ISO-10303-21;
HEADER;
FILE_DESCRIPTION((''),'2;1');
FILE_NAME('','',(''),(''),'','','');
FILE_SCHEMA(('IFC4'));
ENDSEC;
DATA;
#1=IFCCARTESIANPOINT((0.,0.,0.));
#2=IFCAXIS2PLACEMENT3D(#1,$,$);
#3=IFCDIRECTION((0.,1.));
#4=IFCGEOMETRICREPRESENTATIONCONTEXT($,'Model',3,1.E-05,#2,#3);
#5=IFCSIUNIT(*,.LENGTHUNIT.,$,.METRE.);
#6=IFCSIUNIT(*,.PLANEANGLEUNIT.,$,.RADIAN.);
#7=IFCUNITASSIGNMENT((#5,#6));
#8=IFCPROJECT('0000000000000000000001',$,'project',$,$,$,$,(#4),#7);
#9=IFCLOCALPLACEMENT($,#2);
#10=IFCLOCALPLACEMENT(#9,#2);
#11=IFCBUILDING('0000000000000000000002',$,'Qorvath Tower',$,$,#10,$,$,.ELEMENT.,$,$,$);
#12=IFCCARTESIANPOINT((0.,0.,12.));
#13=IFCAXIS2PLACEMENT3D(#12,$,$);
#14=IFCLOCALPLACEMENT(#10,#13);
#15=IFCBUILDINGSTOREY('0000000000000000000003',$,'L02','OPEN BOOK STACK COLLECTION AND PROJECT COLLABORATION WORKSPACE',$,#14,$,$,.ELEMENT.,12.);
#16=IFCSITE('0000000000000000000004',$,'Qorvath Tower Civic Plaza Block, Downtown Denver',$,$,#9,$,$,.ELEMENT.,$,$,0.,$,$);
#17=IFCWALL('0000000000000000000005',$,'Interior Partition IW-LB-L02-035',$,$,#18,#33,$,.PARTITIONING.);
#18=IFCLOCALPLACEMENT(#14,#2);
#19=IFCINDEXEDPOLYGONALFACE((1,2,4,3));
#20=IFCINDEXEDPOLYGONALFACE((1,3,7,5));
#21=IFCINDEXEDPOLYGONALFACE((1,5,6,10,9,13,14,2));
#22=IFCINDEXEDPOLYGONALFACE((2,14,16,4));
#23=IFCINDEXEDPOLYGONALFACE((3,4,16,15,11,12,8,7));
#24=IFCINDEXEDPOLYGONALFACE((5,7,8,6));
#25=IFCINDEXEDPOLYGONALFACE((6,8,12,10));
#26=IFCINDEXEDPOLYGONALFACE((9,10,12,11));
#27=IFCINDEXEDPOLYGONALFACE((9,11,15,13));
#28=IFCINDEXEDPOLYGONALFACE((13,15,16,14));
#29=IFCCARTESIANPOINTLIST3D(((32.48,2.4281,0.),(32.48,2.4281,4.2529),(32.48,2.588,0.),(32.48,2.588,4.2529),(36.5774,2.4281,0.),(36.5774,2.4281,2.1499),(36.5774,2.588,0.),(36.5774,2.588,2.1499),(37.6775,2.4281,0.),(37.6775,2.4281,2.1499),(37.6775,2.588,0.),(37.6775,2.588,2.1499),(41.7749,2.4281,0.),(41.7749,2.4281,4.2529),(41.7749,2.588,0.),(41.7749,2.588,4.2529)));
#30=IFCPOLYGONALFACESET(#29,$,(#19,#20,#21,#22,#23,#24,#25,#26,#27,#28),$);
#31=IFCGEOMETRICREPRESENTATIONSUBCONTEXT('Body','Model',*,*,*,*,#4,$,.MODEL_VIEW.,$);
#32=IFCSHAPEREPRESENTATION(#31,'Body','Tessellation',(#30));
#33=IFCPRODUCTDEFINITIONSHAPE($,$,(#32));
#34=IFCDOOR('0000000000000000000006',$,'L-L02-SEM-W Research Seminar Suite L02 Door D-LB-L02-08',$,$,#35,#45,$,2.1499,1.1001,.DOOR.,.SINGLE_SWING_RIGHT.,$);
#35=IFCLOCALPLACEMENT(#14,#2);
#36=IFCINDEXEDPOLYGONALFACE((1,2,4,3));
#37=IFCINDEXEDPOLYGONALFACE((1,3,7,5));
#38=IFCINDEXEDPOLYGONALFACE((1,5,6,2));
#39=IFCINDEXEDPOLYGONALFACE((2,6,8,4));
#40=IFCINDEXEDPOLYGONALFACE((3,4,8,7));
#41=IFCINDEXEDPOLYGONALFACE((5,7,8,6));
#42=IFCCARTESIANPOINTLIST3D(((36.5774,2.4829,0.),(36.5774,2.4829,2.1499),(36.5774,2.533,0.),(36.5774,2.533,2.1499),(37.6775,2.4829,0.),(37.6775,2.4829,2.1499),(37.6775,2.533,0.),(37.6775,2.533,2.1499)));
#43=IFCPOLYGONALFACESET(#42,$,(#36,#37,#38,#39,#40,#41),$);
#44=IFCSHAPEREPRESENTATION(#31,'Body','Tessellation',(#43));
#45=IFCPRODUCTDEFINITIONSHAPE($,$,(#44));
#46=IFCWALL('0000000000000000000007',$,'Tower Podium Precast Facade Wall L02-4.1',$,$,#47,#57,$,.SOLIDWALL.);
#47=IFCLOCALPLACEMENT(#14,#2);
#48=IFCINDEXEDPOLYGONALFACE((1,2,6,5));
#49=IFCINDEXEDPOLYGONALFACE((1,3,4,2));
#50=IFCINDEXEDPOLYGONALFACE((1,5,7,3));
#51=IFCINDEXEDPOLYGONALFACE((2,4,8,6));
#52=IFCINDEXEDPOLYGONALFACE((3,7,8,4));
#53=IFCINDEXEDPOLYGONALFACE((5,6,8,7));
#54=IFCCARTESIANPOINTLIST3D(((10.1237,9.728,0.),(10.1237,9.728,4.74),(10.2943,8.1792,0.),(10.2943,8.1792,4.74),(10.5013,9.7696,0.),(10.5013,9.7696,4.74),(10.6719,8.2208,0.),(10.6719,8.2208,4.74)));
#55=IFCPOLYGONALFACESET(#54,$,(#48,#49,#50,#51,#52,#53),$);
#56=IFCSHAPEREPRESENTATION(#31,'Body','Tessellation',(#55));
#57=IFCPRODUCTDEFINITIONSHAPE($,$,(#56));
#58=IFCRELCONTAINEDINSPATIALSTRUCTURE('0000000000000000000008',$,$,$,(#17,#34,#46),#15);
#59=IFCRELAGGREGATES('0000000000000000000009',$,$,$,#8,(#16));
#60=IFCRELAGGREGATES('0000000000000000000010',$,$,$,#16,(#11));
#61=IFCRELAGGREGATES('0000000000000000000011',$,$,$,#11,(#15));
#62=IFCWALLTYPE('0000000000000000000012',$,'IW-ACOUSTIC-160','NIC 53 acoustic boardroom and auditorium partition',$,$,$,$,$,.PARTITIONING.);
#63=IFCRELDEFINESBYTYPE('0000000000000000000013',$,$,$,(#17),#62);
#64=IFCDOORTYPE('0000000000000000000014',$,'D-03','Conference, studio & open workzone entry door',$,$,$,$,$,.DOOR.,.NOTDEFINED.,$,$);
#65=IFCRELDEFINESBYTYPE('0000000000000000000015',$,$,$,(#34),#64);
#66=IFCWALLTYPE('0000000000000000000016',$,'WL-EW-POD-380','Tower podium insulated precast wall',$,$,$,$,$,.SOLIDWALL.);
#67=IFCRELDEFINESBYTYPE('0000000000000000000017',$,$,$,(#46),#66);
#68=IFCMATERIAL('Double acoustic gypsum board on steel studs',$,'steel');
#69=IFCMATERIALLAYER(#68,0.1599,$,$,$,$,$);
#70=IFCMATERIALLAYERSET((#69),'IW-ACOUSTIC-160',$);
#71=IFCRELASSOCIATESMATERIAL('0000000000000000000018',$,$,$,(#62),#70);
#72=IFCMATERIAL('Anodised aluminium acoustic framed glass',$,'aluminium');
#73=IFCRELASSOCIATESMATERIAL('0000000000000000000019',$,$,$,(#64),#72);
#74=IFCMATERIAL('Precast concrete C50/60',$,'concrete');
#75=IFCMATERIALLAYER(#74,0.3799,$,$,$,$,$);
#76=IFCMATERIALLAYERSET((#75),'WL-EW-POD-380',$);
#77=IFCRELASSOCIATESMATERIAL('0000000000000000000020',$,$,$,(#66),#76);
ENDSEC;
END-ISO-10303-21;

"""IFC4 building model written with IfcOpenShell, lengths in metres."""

from ifc_helpers import new_model, si_unit, direction, frame, frame_2d, origin, place, context, subcontext, project, spatial, rectangle, extrude, material, layer, layer_set, type_object, element, fill, save


model = new_model("IFC4")

# Units and contexts
model_context = context("Model", 3, precision=1e-05, world=origin(), true_north=direction((0.0, 1.0)))
body_context = subcontext(model_context, "Body", "Model", "MODEL_VIEW")
ifc_project = project(units=[si_unit("LENGTHUNIT", "METRE"), si_unit("PLANEANGLEUNIT", "RADIAN")], contexts=[model_context])

# Site, building, storey
site_placement = place(None, origin())
site = spatial("IfcSite", under=ifc_project, at=site_placement, Name="Qorvath Tower Civic Plaza Block, Downtown Denver", CompositionType="ELEMENT", RefElevation=0.0)
building_placement = place(site_placement, origin())
building = spatial("IfcBuilding", under=site, at=building_placement, Name="Qorvath Tower", CompositionType="ELEMENT")
storey_placement = place(building_placement, frame((0.0, 0.0, 12.0)))
storey = spatial("IfcBuildingStorey", under=building, at=storey_placement, Name="L02", Description="OPEN BOOK STACK COLLECTION AND PROJECT COLLABORATION WORKSPACE", CompositionType="ELEMENT", Elevation=12.0)

# Wall, opening, door
ifc_material_1 = material(Name="Double acoustic gypsum board on steel studs", Category="steel")
ifc_layer_1 = layer(ifc_material_1, 0.1599)
ifc_layer_set_1 = layer_set([ifc_layer_1], Name="IW-ACOUSTIC-160")
wall_type_1 = type_object("IfcWallType", Name="IW-ACOUSTIC-160", Description="NIC 53 acoustic boardroom and auditorium partition", PredefinedType="PARTITIONING", material=ifc_layer_set_1)
wall_1_placement = place(storey_placement, frame((32.48, 2.5081, 0.0), z_axis=(0.0, 0.0, 1.0), x_axis=(1.0, 0.0, 0.0)))
wall_1 = element("IfcWall", 1, at=wall_1_placement, inside=storey, type_object=wall_type_1, Name="Interior Partition IW-LB-L02-035", PredefinedType="PARTITIONING", context=body_context, shape_type="SweptSolid", body=[
    extrude(rectangle(XDim=9.2949, YDim=0.1599, at=frame_2d((4.6475, 0.0))), origin(), (0.0, 0.0, 1.0), 4.2529),
])
opening_placement = place(wall_1_placement, frame((4.0974, 0.0, 0.0)))
opening = element("IfcOpeningElement", 2, at=opening_placement, cuts=wall_1, PredefinedType="OPENING", context=body_context, shape_type="SweptSolid", body=[
    extrude(rectangle(XDim=1.1001, YDim=2.1499, at=frame_2d((0.55, 1.075))), frame((0.0, 0.0898, 0.0), z_axis=(0.0, -1.0, 0.0), x_axis=(1.0, 0.0, 0.0)), (0.0, 0.0, 1.0), 0.1799),
])
ifc_material_2 = material(Name="Anodised aluminium acoustic framed glass", Category="aluminium")
door_type = type_object("IfcDoorType", Name="D-03", Description="Conference, studio & open workzone entry door", OperationType="NOTDEFINED", PredefinedType="DOOR", material=ifc_material_2)
door_placement = place(opening_placement, origin())
door = element("IfcDoor", 3, at=door_placement, inside=storey, type_object=door_type, Name="L-L02-SEM-W Research Seminar Suite L02 Door D-LB-L02-08", OperationType="SINGLE_SWING_RIGHT", OverallHeight=2.1499, OverallWidth=1.1001, PredefinedType="DOOR", context=body_context, shape_type="SweptSolid", body=[
    extrude(rectangle(XDim=1.1001, YDim=2.1499, at=frame_2d((0.55, 1.075))), frame((0.0, 0.0249, 0.0), z_axis=(0.0, -1.0, 0.0), x_axis=(1.0, 0.0, 0.0)), (0.0, 0.0, 1.0), 0.05),
])
fill(opening, door)

# Wall
ifc_material_3 = material(Name="Precast concrete C50/60", Category="concrete")
ifc_layer_2 = layer(ifc_material_3, 0.3799)
ifc_layer_set_2 = layer_set([ifc_layer_2], Name="WL-EW-POD-380")
wall_type_2 = type_object("IfcWallType", Name="WL-EW-POD-380", Description="Tower podium insulated precast wall", PredefinedType="SOLIDWALL", material=ifc_layer_set_2)
wall_2_placement = place(storey_placement, frame((10.3125, 9.7488, 0.0), z_axis=(0.0, 0.0, 1.0), x_axis=(0.10952, -0.993985, 0.0)))
element("IfcWall", 4, at=wall_2_placement, inside=storey, type_object=wall_type_2, Name="Tower Podium Precast Facade Wall L02-4.1", PredefinedType="SOLIDWALL", context=body_context, shape_type="SweptSolid", body=[
    extrude(rectangle(XDim=1.5581, YDim=0.3799, at=frame_2d((0.7791, 0.0))), origin(), (0.0, 0.0, 1.0), 4.74),
])

save(model, "model.ifc")
